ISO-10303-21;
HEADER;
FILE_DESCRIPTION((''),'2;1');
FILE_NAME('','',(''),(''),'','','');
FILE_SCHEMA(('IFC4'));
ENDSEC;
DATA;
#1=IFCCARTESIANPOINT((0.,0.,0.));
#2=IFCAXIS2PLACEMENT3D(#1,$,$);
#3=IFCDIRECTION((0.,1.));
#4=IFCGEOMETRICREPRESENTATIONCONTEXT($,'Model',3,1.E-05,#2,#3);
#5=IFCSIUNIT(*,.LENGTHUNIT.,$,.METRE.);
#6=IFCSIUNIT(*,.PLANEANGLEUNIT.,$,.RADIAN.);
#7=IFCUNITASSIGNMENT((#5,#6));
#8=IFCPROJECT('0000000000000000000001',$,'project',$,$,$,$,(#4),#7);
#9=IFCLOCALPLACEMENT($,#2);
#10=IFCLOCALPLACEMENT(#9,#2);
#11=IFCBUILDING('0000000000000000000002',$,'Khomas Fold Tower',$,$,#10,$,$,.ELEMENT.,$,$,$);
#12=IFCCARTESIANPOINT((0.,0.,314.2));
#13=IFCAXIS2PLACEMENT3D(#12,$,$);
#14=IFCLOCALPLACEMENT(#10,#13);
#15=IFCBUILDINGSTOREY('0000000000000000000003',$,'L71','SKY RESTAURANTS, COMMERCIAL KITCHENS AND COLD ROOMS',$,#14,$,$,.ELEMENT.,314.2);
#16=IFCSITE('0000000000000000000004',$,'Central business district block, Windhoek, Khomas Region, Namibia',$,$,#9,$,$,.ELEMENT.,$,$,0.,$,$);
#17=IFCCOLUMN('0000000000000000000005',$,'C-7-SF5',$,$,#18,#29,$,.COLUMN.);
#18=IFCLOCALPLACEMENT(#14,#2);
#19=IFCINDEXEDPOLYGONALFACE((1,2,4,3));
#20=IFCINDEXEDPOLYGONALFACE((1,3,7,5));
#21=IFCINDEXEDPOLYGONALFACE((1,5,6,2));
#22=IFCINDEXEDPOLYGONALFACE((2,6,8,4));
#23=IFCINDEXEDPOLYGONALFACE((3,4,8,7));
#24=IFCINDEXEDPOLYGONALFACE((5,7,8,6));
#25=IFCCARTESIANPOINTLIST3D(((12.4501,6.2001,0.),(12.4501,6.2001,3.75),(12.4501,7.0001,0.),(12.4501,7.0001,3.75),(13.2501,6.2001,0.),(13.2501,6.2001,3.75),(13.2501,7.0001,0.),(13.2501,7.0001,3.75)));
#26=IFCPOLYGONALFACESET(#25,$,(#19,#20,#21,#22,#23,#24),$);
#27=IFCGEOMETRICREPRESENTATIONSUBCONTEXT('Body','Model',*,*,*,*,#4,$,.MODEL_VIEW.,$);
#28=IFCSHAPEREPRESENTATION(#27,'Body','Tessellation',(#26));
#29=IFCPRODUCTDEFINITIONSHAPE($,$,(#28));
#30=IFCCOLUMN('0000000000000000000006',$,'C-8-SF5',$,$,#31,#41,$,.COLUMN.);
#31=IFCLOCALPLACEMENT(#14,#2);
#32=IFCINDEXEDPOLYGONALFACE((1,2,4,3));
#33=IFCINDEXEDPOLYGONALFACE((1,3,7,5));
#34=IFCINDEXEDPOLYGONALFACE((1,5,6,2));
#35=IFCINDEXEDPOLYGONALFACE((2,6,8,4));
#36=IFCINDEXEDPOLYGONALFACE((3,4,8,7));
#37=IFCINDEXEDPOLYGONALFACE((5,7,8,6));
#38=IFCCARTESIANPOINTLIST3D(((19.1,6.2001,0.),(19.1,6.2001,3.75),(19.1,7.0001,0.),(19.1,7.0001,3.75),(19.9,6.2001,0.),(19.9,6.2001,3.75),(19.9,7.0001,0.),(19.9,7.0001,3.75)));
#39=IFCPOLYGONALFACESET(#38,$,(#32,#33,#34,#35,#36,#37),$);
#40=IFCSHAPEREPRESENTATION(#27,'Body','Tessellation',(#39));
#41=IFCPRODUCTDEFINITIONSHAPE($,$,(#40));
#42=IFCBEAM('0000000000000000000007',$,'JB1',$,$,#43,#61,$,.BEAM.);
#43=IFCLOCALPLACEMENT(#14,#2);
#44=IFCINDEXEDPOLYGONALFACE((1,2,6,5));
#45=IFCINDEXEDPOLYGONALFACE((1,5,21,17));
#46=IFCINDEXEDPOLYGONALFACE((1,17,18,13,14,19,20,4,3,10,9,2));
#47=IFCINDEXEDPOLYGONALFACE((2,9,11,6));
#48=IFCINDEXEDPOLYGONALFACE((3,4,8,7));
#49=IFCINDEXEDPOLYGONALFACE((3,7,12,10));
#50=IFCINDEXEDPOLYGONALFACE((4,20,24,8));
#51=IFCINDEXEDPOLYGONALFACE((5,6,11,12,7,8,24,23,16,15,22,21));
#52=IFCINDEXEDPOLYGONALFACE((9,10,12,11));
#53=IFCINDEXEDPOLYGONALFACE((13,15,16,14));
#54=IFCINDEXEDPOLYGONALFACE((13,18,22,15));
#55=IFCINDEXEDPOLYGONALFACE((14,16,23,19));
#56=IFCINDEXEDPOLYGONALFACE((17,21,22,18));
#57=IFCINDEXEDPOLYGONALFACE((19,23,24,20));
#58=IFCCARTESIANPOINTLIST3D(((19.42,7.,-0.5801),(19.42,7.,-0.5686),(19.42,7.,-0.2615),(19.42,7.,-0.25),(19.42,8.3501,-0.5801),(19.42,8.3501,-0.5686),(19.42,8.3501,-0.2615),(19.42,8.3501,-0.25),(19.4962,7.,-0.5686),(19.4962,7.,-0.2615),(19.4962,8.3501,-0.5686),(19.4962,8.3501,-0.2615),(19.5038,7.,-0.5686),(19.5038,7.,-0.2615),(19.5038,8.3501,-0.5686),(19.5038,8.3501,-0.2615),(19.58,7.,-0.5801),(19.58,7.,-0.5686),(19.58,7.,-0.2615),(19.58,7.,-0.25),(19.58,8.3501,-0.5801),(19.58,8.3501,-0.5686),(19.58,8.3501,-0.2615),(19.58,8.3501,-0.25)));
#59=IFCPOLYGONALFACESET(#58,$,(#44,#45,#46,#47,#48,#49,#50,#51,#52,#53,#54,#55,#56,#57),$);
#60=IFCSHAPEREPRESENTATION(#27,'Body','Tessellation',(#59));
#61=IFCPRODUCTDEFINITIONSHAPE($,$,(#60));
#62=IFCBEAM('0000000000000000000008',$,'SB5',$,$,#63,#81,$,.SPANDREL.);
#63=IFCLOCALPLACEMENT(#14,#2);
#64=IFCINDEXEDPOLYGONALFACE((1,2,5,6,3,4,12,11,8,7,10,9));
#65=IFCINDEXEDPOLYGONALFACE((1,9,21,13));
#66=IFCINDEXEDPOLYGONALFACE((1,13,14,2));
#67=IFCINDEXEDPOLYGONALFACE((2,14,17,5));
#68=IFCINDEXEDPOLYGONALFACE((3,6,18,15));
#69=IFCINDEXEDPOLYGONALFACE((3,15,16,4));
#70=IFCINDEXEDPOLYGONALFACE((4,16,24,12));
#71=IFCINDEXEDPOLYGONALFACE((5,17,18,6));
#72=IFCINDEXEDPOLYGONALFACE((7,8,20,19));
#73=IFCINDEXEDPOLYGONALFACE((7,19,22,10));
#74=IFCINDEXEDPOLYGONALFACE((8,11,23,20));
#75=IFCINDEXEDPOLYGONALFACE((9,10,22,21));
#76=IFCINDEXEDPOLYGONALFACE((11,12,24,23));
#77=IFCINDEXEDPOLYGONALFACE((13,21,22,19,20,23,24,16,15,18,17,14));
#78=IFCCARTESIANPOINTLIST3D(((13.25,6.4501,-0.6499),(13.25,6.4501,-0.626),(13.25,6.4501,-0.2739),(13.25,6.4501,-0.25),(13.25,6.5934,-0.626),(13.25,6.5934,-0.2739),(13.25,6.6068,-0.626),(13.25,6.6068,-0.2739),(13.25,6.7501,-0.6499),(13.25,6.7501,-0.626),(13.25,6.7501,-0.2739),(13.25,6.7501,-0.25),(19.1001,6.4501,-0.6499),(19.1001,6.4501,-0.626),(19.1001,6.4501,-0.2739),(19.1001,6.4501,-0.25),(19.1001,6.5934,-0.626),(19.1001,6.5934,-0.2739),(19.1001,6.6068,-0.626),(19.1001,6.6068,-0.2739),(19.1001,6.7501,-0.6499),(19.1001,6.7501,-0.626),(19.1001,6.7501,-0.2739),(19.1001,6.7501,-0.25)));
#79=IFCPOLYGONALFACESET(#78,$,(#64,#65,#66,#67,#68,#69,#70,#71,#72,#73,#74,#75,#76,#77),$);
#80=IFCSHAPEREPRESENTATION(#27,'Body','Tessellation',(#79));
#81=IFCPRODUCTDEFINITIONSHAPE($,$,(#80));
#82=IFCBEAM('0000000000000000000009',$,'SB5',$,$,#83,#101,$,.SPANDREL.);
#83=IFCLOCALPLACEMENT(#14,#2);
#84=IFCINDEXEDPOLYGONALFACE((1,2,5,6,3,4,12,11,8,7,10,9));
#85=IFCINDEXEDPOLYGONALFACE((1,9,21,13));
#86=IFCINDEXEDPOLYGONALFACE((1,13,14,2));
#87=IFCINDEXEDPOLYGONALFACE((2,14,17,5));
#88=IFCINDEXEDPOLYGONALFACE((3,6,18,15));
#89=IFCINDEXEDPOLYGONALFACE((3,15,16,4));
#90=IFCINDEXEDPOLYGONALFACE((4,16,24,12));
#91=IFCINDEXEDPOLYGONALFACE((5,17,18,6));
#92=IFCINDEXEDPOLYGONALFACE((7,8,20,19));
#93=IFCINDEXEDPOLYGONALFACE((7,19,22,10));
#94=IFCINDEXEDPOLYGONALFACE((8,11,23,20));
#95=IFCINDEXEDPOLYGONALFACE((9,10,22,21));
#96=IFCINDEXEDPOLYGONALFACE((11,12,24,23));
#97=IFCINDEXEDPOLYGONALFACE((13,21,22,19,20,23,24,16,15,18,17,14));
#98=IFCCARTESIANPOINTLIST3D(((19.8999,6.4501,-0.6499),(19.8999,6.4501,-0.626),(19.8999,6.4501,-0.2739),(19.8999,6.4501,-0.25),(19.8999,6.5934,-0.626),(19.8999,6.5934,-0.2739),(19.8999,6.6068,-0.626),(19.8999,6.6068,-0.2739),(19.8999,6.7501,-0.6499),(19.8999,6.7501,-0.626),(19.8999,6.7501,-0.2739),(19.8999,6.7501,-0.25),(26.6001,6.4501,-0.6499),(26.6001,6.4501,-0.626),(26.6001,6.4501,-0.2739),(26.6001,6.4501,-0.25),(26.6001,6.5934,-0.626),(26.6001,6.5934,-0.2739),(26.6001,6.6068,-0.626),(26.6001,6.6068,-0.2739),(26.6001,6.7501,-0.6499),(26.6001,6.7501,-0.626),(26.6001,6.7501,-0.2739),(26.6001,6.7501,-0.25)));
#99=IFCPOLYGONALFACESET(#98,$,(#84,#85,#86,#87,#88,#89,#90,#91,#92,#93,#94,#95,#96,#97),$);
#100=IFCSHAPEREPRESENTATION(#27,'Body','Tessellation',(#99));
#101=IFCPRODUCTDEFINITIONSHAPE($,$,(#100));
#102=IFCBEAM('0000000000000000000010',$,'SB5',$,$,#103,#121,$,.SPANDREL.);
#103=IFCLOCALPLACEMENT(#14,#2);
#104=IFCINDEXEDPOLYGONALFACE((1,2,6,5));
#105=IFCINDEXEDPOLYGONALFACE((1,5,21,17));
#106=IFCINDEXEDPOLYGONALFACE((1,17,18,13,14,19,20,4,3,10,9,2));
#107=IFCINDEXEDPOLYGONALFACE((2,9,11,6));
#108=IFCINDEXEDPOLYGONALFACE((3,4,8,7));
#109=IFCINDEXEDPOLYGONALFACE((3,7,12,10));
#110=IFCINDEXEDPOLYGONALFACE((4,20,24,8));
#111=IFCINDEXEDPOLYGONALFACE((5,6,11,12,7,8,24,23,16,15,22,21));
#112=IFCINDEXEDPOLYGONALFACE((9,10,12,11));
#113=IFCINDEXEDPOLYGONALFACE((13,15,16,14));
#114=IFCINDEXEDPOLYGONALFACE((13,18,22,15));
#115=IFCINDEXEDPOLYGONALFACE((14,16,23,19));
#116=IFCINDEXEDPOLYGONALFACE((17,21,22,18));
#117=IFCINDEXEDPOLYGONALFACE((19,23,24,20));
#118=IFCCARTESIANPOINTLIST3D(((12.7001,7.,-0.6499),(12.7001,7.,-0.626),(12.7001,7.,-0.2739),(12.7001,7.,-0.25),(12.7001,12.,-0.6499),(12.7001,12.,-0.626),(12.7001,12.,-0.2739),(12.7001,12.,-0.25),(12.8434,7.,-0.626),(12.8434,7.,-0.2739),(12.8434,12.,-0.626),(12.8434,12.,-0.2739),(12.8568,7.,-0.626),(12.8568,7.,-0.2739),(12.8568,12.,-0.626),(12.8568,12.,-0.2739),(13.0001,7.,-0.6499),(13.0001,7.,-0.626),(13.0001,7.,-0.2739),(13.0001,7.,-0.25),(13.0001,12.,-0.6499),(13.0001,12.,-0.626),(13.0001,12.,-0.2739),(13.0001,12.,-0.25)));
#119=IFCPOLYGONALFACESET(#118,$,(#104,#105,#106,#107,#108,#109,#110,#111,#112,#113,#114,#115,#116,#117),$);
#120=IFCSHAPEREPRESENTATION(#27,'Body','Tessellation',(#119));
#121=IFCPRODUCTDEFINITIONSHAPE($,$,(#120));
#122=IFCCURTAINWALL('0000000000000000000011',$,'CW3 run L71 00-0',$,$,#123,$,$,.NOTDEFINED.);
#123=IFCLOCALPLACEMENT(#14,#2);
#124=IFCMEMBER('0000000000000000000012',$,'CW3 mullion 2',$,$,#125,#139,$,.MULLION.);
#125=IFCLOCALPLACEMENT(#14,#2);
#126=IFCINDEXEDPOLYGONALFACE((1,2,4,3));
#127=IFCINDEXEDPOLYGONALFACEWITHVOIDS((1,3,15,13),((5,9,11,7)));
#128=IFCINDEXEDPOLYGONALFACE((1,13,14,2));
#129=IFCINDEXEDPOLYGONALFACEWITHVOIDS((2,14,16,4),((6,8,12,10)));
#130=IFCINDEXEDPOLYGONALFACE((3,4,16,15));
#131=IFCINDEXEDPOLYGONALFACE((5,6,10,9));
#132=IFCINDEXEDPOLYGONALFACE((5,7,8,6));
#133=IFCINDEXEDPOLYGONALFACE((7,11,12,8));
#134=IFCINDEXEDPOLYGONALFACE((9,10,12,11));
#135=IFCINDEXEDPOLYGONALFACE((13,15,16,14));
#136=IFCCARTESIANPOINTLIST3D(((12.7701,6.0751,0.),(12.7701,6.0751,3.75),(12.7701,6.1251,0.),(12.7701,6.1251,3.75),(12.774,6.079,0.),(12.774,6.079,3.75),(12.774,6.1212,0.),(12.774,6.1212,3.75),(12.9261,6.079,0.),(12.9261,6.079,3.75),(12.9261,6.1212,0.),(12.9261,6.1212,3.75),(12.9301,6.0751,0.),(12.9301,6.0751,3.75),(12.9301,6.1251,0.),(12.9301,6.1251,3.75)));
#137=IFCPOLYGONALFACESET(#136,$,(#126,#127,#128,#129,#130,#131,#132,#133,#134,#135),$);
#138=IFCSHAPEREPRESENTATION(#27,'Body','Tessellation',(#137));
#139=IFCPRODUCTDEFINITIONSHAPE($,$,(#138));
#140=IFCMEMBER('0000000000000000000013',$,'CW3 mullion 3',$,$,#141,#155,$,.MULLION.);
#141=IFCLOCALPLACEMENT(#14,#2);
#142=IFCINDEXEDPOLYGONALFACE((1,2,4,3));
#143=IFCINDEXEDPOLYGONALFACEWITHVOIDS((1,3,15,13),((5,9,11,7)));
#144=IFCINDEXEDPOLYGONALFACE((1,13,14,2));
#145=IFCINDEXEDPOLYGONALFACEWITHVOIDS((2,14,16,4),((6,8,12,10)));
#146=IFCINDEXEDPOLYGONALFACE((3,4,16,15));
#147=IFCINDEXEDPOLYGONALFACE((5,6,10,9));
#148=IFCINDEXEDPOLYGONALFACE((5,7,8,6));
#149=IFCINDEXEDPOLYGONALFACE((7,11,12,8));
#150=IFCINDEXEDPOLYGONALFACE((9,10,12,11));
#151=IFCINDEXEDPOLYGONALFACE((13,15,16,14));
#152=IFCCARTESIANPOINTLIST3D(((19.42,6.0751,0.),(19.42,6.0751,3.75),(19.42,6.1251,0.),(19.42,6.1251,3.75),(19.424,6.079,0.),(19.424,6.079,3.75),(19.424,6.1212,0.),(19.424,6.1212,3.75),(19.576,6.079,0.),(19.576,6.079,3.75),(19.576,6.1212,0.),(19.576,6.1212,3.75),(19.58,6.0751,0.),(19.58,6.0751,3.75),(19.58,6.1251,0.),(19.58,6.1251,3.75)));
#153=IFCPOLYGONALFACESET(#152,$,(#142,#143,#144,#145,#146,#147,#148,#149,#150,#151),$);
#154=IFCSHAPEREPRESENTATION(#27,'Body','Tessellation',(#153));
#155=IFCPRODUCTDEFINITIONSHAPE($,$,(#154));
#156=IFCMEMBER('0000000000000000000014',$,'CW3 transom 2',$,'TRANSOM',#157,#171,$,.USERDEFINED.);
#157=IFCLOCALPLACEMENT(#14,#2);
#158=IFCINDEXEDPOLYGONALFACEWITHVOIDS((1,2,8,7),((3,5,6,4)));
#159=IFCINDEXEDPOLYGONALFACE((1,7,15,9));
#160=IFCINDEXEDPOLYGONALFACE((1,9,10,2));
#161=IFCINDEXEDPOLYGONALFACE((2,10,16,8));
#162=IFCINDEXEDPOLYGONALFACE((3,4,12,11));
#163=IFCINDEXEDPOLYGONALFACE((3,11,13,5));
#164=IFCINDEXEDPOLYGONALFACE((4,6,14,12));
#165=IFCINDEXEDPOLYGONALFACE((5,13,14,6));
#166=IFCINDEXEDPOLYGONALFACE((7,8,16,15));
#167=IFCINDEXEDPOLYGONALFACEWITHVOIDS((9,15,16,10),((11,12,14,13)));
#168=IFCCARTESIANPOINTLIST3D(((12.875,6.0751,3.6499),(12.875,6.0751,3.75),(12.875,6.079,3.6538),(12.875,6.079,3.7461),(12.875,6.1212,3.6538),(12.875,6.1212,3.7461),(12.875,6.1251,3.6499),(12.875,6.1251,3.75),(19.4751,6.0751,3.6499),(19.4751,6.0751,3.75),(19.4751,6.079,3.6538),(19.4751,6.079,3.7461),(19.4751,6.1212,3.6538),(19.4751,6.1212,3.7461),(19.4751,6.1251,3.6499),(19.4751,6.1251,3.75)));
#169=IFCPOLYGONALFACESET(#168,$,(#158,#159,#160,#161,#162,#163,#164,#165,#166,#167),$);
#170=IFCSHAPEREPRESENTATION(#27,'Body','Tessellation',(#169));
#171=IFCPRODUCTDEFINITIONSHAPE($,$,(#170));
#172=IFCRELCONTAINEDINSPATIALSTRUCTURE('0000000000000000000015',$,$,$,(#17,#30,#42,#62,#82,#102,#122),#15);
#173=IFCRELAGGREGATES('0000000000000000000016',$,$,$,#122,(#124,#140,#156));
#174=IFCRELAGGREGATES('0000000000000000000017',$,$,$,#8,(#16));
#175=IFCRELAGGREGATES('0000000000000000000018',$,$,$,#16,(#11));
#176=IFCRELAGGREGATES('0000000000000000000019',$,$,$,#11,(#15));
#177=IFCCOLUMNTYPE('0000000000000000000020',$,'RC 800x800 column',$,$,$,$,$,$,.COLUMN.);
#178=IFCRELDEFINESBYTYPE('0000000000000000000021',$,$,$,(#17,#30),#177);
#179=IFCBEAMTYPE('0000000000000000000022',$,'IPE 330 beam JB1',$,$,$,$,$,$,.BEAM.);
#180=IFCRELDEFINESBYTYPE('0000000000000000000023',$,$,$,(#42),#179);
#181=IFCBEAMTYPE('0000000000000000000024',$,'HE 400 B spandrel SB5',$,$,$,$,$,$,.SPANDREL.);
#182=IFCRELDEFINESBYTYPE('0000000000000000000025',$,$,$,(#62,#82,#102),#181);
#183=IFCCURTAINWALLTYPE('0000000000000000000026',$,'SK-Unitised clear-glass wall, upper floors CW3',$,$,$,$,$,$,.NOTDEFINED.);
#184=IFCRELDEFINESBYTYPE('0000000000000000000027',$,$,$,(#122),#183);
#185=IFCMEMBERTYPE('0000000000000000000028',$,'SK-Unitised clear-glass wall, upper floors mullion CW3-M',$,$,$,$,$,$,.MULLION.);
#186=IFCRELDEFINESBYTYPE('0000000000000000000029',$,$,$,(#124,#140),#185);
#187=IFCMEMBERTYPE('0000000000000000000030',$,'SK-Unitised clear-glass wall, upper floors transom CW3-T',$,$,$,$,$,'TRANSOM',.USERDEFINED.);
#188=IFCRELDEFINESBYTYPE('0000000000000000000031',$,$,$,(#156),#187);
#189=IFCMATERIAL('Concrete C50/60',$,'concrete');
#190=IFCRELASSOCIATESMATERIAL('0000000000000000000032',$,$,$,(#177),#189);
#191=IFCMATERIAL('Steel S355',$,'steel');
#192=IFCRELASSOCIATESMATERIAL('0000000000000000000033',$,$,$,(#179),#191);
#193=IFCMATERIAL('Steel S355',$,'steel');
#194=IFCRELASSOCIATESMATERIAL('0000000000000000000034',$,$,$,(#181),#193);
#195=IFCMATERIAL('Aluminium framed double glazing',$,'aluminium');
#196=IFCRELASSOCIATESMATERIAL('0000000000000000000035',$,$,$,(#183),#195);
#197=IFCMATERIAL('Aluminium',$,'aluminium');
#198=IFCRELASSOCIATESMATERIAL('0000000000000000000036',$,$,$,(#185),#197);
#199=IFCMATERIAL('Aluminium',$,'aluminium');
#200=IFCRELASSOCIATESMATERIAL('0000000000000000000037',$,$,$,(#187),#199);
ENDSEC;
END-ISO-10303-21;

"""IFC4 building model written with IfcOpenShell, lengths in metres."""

from ifc_helpers import new_model, si_unit, direction, frame, origin, origin_2d, place, context, subcontext, project, spatial, rectangle, hollow_rectangle, i_section, extrude, source, transform, mapped, material, material_profile, profile_set, type_object, element, aggregate, save


model = new_model("IFC4")

# Units and contexts
model_context = context("Model", 3, precision=1e-05, world=origin(), true_north=direction((0.0, 1.0)))
body_context = subcontext(model_context, "Body", "Model", "MODEL_VIEW")
ifc_project = project(units=[si_unit("LENGTHUNIT", "METRE"), si_unit("PLANEANGLEUNIT", "RADIAN")], contexts=[model_context])

# Site, building, storey
site_placement = place(None, origin())
site = spatial("IfcSite", under=ifc_project, at=site_placement, Name="Central business district block, Windhoek, Khomas Region, Namibia", CompositionType="ELEMENT", RefElevation=0.0)
building_placement = place(site_placement, origin())
building = spatial("IfcBuilding", under=site, at=building_placement, Name="Khomas Fold Tower", CompositionType="ELEMENT")
storey_placement = place(building_placement, frame((0.0, 0.0, 314.2)))
storey = spatial("IfcBuildingStorey", under=building, at=storey_placement, Name="L71", Description="SKY RESTAURANTS, COMMERCIAL KITCHENS AND COLD ROOMS", CompositionType="ELEMENT", Elevation=314.2)

# Columns
ifc_material_1 = material(Name="Concrete C50/60", Category="concrete")
ifc_material_profile_1 = material_profile(ifc_material_1, rectangle(XDim=0.8, YDim=0.8, at=origin_2d()), Name="RC 800x800")
ifc_profile_set_1 = profile_set([ifc_material_profile_1], Name="Concrete C50/60")
column_type = type_object("IfcColumnType", Name="RC 800x800 column", PredefinedType="COLUMN", material=ifc_profile_set_1)
shared_shape_1 = source(origin(), body_context, "Body", "SweptSolid", [
    extrude(rectangle(XDim=0.8, YDim=0.8, at=origin_2d()), origin(), (0.0, 0.0, 1.0), 3.75),
])
for number, where, z_axis, x_axis, name in (
    (1, (12.8501, 6.6001, 0.0), (0.0, 0.0, 1.0), (1.0, 0.0, 0.0), "C-7-SF5"),
    (2, (19.5, 6.6001, 0.0), (0.0, 0.0, 1.0), (1.0, 0.0, 0.0), "C-8-SF5"),
):
    element("IfcColumn", number, at=place(storey_placement, frame(where, z_axis=z_axis, x_axis=x_axis)), inside=storey, type_object=column_type, Name=name, PredefinedType="COLUMN", context=body_context, shape_type="MappedRepresentation", body=[
        mapped(shared_shape_1, transform((0.0, 0.0, 0.0))),
    ])

# Beams
ifc_material_2 = material(Name="Steel S355", Category="steel")
ifc_material_profile_2 = material_profile(ifc_material_2, i_section(OverallWidth=0.1599, OverallDepth=0.3301, WebThickness=0.0076, FlangeThickness=0.0115, at=origin_2d()), Name="IPE 330")
ifc_profile_set_2 = profile_set([ifc_material_profile_2], Name="Steel S355")
beam_type_1 = type_object("IfcBeamType", Name="IPE 330 beam JB1", PredefinedType="BEAM", material=ifc_profile_set_2)
shared_shape_2 = source(origin(), body_context, "Body", "SweptSolid", [
    extrude(i_section(OverallWidth=0.1599, OverallDepth=0.3301, WebThickness=0.0076, FlangeThickness=0.0115, at=origin_2d()), origin(), (0.0, 0.0, 1.0), 1.3501),
])
beam_1_placement = place(storey_placement, frame((19.5, 7.0, -0.415), z_axis=(0.0, 1.0, 0.0), x_axis=(-1.0, 0.0, 0.0)))
element("IfcBeam", 3, at=beam_1_placement, inside=storey, type_object=beam_type_1, Name="JB1", PredefinedType="BEAM", context=body_context, shape_type="MappedRepresentation", body=[
    mapped(shared_shape_2, transform((0.0, 0.0, 0.0))),
])
ifc_material_3 = material(Name="Steel S355", Category="steel")
ifc_material_profile_3 = material_profile(ifc_material_3, i_section(OverallWidth=0.3, OverallDepth=0.3999, WebThickness=0.0134, FlangeThickness=0.0239, at=origin_2d()), Name="HE 400 B")
ifc_profile_set_3 = profile_set([ifc_material_profile_3], Name="Steel S355")
beam_type_2 = type_object("IfcBeamType", Name="HE 400 B spandrel SB5", PredefinedType="SPANDREL", material=ifc_profile_set_3)
shared_shape_3 = source(origin(), body_context, "Body", "SweptSolid", [
    extrude(i_section(OverallWidth=0.3, OverallDepth=0.3999, WebThickness=0.0134, FlangeThickness=0.0239, at=origin_2d()), origin(), (0.0, 0.0, 1.0), 5.8501),
])
beam_2_placement = place(storey_placement, frame((13.25, 6.6001, -0.45), z_axis=(1.0, 0.0, 0.0), x_axis=(0.0, 1.0, 0.0)))
element("IfcBeam", 4, at=beam_2_placement, inside=storey, type_object=beam_type_2, Name="SB5", PredefinedType="SPANDREL", context=body_context, shape_type="MappedRepresentation", body=[
    mapped(shared_shape_3, transform((0.0, 0.0, 0.0))),
])
shared_shape_4 = source(origin(), body_context, "Body", "SweptSolid", [
    extrude(i_section(OverallWidth=0.3, OverallDepth=0.3999, WebThickness=0.0134, FlangeThickness=0.0239, at=origin_2d()), origin(), (0.0, 0.0, 1.0), 6.7002),
])
beam_3_placement = place(storey_placement, frame((19.8999, 6.6001, -0.45), z_axis=(1.0, 0.0, 0.0), x_axis=(0.0, 1.0, 0.0)))
element("IfcBeam", 5, at=beam_3_placement, inside=storey, type_object=beam_type_2, Name="SB5", PredefinedType="SPANDREL", context=body_context, shape_type="MappedRepresentation", body=[
    mapped(shared_shape_4, transform((0.0, 0.0, 0.0))),
])
shared_shape_5 = source(origin(), body_context, "Body", "SweptSolid", [
    extrude(i_section(OverallWidth=0.3, OverallDepth=0.3999, WebThickness=0.0134, FlangeThickness=0.0239, at=origin_2d()), origin(), (0.0, 0.0, 1.0), 5.0),
])
beam_4_placement = place(storey_placement, frame((12.8501, 7.0, -0.45), z_axis=(0.0, 1.0, 0.0), x_axis=(-1.0, 0.0, 0.0)))
element("IfcBeam", 6, at=beam_4_placement, inside=storey, type_object=beam_type_2, Name="SB5", PredefinedType="SPANDREL", context=body_context, shape_type="MappedRepresentation", body=[
    mapped(shared_shape_5, transform((0.0, 0.0, 0.0))),
])

# Curtain wall, members
ifc_material_4 = material(Name="Aluminium framed double glazing", Category="aluminium")
curtain_wall_type = type_object("IfcCurtainWallType", Name="SK-Unitised clear-glass wall, upper floors CW3", PredefinedType="NOTDEFINED", material=ifc_material_4)
curtain_wall_placement = place(storey_placement, origin())
curtain_wall = element("IfcCurtainWall", 7, at=curtain_wall_placement, inside=storey, type_object=curtain_wall_type, Name="CW3 run L71 00-0", PredefinedType="NOTDEFINED")
ifc_material_5 = material(Name="Aluminium", Category="aluminium")
ifc_material_profile_4 = material_profile(ifc_material_5, hollow_rectangle(XDim=0.05, YDim=0.1599, WallThickness=0.0039, at=origin_2d()), Name="SK-Unitised clear-glass wall, upper floors mullion CW3-M")
ifc_profile_set_4 = profile_set([ifc_material_profile_4], Name="Aluminium")
member_type_1 = type_object("IfcMemberType", Name="SK-Unitised clear-glass wall, upper floors mullion CW3-M", PredefinedType="MULLION", material=ifc_profile_set_4)
shared_shape_6 = source(origin(), body_context, "Body", "SweptSolid", [
    extrude(hollow_rectangle(XDim=0.05, YDim=0.1599, WallThickness=0.0039, at=origin_2d()), origin(), (0.0, 0.0, 1.0), 3.75),
])
member_1_placement = place(storey_placement, frame((12.8501, 6.1001, 0.0), z_axis=(0.0, 0.0, 1.0), x_axis=(0.0, 1.0, 0.0)))
member_1 = element("IfcMember", 8, at=member_1_placement, type_object=member_type_1, Name="CW3 mullion 2", PredefinedType="MULLION", context=body_context, shape_type="MappedRepresentation", body=[
    mapped(shared_shape_6, transform((0.0, 0.0, 0.0))),
])
member_2_placement = place(storey_placement, frame((19.5, 6.1001, 0.0), z_axis=(0.0, 0.0, 1.0), x_axis=(0.0, 1.0, 0.0)))
member_2 = element("IfcMember", 9, at=member_2_placement, type_object=member_type_1, Name="CW3 mullion 3", PredefinedType="MULLION", context=body_context, shape_type="MappedRepresentation", body=[
    mapped(shared_shape_6, transform((0.0, 0.0, 0.0))),
])
ifc_material_6 = material(Name="Aluminium", Category="aluminium")
ifc_material_profile_5 = material_profile(ifc_material_6, hollow_rectangle(XDim=0.05, YDim=0.1001, WallThickness=0.0039, at=origin_2d()), Name="SK-Unitised clear-glass wall, upper floors transom CW3-T")
ifc_profile_set_5 = profile_set([ifc_material_profile_5], Name="Aluminium")
member_type_2 = type_object("IfcMemberType", Name="SK-Unitised clear-glass wall, upper floors transom CW3-T", ElementType="TRANSOM", PredefinedType="USERDEFINED", material=ifc_profile_set_5)
shared_shape_7 = source(origin(), body_context, "Body", "SweptSolid", [
    extrude(hollow_rectangle(XDim=0.05, YDim=0.1001, WallThickness=0.0039, at=origin_2d()), origin(), (0.0, 0.0, 1.0), 6.6001),
])
member_3_placement = place(storey_placement, frame((12.875, 6.1001, 3.7), z_axis=(1.0, 0.0, 0.0), x_axis=(0.0, 1.0, 0.0)))
member_3 = element("IfcMember", 10, at=member_3_placement, type_object=member_type_2, Name="CW3 transom 2", ObjectType="TRANSOM", PredefinedType="USERDEFINED", context=body_context, shape_type="MappedRepresentation", body=[
    mapped(shared_shape_7, transform((0.0, 0.0, 0.0))),
])
aggregate(curtain_wall, [member_1, member_2, member_3])

save(model, "model.ifc")
